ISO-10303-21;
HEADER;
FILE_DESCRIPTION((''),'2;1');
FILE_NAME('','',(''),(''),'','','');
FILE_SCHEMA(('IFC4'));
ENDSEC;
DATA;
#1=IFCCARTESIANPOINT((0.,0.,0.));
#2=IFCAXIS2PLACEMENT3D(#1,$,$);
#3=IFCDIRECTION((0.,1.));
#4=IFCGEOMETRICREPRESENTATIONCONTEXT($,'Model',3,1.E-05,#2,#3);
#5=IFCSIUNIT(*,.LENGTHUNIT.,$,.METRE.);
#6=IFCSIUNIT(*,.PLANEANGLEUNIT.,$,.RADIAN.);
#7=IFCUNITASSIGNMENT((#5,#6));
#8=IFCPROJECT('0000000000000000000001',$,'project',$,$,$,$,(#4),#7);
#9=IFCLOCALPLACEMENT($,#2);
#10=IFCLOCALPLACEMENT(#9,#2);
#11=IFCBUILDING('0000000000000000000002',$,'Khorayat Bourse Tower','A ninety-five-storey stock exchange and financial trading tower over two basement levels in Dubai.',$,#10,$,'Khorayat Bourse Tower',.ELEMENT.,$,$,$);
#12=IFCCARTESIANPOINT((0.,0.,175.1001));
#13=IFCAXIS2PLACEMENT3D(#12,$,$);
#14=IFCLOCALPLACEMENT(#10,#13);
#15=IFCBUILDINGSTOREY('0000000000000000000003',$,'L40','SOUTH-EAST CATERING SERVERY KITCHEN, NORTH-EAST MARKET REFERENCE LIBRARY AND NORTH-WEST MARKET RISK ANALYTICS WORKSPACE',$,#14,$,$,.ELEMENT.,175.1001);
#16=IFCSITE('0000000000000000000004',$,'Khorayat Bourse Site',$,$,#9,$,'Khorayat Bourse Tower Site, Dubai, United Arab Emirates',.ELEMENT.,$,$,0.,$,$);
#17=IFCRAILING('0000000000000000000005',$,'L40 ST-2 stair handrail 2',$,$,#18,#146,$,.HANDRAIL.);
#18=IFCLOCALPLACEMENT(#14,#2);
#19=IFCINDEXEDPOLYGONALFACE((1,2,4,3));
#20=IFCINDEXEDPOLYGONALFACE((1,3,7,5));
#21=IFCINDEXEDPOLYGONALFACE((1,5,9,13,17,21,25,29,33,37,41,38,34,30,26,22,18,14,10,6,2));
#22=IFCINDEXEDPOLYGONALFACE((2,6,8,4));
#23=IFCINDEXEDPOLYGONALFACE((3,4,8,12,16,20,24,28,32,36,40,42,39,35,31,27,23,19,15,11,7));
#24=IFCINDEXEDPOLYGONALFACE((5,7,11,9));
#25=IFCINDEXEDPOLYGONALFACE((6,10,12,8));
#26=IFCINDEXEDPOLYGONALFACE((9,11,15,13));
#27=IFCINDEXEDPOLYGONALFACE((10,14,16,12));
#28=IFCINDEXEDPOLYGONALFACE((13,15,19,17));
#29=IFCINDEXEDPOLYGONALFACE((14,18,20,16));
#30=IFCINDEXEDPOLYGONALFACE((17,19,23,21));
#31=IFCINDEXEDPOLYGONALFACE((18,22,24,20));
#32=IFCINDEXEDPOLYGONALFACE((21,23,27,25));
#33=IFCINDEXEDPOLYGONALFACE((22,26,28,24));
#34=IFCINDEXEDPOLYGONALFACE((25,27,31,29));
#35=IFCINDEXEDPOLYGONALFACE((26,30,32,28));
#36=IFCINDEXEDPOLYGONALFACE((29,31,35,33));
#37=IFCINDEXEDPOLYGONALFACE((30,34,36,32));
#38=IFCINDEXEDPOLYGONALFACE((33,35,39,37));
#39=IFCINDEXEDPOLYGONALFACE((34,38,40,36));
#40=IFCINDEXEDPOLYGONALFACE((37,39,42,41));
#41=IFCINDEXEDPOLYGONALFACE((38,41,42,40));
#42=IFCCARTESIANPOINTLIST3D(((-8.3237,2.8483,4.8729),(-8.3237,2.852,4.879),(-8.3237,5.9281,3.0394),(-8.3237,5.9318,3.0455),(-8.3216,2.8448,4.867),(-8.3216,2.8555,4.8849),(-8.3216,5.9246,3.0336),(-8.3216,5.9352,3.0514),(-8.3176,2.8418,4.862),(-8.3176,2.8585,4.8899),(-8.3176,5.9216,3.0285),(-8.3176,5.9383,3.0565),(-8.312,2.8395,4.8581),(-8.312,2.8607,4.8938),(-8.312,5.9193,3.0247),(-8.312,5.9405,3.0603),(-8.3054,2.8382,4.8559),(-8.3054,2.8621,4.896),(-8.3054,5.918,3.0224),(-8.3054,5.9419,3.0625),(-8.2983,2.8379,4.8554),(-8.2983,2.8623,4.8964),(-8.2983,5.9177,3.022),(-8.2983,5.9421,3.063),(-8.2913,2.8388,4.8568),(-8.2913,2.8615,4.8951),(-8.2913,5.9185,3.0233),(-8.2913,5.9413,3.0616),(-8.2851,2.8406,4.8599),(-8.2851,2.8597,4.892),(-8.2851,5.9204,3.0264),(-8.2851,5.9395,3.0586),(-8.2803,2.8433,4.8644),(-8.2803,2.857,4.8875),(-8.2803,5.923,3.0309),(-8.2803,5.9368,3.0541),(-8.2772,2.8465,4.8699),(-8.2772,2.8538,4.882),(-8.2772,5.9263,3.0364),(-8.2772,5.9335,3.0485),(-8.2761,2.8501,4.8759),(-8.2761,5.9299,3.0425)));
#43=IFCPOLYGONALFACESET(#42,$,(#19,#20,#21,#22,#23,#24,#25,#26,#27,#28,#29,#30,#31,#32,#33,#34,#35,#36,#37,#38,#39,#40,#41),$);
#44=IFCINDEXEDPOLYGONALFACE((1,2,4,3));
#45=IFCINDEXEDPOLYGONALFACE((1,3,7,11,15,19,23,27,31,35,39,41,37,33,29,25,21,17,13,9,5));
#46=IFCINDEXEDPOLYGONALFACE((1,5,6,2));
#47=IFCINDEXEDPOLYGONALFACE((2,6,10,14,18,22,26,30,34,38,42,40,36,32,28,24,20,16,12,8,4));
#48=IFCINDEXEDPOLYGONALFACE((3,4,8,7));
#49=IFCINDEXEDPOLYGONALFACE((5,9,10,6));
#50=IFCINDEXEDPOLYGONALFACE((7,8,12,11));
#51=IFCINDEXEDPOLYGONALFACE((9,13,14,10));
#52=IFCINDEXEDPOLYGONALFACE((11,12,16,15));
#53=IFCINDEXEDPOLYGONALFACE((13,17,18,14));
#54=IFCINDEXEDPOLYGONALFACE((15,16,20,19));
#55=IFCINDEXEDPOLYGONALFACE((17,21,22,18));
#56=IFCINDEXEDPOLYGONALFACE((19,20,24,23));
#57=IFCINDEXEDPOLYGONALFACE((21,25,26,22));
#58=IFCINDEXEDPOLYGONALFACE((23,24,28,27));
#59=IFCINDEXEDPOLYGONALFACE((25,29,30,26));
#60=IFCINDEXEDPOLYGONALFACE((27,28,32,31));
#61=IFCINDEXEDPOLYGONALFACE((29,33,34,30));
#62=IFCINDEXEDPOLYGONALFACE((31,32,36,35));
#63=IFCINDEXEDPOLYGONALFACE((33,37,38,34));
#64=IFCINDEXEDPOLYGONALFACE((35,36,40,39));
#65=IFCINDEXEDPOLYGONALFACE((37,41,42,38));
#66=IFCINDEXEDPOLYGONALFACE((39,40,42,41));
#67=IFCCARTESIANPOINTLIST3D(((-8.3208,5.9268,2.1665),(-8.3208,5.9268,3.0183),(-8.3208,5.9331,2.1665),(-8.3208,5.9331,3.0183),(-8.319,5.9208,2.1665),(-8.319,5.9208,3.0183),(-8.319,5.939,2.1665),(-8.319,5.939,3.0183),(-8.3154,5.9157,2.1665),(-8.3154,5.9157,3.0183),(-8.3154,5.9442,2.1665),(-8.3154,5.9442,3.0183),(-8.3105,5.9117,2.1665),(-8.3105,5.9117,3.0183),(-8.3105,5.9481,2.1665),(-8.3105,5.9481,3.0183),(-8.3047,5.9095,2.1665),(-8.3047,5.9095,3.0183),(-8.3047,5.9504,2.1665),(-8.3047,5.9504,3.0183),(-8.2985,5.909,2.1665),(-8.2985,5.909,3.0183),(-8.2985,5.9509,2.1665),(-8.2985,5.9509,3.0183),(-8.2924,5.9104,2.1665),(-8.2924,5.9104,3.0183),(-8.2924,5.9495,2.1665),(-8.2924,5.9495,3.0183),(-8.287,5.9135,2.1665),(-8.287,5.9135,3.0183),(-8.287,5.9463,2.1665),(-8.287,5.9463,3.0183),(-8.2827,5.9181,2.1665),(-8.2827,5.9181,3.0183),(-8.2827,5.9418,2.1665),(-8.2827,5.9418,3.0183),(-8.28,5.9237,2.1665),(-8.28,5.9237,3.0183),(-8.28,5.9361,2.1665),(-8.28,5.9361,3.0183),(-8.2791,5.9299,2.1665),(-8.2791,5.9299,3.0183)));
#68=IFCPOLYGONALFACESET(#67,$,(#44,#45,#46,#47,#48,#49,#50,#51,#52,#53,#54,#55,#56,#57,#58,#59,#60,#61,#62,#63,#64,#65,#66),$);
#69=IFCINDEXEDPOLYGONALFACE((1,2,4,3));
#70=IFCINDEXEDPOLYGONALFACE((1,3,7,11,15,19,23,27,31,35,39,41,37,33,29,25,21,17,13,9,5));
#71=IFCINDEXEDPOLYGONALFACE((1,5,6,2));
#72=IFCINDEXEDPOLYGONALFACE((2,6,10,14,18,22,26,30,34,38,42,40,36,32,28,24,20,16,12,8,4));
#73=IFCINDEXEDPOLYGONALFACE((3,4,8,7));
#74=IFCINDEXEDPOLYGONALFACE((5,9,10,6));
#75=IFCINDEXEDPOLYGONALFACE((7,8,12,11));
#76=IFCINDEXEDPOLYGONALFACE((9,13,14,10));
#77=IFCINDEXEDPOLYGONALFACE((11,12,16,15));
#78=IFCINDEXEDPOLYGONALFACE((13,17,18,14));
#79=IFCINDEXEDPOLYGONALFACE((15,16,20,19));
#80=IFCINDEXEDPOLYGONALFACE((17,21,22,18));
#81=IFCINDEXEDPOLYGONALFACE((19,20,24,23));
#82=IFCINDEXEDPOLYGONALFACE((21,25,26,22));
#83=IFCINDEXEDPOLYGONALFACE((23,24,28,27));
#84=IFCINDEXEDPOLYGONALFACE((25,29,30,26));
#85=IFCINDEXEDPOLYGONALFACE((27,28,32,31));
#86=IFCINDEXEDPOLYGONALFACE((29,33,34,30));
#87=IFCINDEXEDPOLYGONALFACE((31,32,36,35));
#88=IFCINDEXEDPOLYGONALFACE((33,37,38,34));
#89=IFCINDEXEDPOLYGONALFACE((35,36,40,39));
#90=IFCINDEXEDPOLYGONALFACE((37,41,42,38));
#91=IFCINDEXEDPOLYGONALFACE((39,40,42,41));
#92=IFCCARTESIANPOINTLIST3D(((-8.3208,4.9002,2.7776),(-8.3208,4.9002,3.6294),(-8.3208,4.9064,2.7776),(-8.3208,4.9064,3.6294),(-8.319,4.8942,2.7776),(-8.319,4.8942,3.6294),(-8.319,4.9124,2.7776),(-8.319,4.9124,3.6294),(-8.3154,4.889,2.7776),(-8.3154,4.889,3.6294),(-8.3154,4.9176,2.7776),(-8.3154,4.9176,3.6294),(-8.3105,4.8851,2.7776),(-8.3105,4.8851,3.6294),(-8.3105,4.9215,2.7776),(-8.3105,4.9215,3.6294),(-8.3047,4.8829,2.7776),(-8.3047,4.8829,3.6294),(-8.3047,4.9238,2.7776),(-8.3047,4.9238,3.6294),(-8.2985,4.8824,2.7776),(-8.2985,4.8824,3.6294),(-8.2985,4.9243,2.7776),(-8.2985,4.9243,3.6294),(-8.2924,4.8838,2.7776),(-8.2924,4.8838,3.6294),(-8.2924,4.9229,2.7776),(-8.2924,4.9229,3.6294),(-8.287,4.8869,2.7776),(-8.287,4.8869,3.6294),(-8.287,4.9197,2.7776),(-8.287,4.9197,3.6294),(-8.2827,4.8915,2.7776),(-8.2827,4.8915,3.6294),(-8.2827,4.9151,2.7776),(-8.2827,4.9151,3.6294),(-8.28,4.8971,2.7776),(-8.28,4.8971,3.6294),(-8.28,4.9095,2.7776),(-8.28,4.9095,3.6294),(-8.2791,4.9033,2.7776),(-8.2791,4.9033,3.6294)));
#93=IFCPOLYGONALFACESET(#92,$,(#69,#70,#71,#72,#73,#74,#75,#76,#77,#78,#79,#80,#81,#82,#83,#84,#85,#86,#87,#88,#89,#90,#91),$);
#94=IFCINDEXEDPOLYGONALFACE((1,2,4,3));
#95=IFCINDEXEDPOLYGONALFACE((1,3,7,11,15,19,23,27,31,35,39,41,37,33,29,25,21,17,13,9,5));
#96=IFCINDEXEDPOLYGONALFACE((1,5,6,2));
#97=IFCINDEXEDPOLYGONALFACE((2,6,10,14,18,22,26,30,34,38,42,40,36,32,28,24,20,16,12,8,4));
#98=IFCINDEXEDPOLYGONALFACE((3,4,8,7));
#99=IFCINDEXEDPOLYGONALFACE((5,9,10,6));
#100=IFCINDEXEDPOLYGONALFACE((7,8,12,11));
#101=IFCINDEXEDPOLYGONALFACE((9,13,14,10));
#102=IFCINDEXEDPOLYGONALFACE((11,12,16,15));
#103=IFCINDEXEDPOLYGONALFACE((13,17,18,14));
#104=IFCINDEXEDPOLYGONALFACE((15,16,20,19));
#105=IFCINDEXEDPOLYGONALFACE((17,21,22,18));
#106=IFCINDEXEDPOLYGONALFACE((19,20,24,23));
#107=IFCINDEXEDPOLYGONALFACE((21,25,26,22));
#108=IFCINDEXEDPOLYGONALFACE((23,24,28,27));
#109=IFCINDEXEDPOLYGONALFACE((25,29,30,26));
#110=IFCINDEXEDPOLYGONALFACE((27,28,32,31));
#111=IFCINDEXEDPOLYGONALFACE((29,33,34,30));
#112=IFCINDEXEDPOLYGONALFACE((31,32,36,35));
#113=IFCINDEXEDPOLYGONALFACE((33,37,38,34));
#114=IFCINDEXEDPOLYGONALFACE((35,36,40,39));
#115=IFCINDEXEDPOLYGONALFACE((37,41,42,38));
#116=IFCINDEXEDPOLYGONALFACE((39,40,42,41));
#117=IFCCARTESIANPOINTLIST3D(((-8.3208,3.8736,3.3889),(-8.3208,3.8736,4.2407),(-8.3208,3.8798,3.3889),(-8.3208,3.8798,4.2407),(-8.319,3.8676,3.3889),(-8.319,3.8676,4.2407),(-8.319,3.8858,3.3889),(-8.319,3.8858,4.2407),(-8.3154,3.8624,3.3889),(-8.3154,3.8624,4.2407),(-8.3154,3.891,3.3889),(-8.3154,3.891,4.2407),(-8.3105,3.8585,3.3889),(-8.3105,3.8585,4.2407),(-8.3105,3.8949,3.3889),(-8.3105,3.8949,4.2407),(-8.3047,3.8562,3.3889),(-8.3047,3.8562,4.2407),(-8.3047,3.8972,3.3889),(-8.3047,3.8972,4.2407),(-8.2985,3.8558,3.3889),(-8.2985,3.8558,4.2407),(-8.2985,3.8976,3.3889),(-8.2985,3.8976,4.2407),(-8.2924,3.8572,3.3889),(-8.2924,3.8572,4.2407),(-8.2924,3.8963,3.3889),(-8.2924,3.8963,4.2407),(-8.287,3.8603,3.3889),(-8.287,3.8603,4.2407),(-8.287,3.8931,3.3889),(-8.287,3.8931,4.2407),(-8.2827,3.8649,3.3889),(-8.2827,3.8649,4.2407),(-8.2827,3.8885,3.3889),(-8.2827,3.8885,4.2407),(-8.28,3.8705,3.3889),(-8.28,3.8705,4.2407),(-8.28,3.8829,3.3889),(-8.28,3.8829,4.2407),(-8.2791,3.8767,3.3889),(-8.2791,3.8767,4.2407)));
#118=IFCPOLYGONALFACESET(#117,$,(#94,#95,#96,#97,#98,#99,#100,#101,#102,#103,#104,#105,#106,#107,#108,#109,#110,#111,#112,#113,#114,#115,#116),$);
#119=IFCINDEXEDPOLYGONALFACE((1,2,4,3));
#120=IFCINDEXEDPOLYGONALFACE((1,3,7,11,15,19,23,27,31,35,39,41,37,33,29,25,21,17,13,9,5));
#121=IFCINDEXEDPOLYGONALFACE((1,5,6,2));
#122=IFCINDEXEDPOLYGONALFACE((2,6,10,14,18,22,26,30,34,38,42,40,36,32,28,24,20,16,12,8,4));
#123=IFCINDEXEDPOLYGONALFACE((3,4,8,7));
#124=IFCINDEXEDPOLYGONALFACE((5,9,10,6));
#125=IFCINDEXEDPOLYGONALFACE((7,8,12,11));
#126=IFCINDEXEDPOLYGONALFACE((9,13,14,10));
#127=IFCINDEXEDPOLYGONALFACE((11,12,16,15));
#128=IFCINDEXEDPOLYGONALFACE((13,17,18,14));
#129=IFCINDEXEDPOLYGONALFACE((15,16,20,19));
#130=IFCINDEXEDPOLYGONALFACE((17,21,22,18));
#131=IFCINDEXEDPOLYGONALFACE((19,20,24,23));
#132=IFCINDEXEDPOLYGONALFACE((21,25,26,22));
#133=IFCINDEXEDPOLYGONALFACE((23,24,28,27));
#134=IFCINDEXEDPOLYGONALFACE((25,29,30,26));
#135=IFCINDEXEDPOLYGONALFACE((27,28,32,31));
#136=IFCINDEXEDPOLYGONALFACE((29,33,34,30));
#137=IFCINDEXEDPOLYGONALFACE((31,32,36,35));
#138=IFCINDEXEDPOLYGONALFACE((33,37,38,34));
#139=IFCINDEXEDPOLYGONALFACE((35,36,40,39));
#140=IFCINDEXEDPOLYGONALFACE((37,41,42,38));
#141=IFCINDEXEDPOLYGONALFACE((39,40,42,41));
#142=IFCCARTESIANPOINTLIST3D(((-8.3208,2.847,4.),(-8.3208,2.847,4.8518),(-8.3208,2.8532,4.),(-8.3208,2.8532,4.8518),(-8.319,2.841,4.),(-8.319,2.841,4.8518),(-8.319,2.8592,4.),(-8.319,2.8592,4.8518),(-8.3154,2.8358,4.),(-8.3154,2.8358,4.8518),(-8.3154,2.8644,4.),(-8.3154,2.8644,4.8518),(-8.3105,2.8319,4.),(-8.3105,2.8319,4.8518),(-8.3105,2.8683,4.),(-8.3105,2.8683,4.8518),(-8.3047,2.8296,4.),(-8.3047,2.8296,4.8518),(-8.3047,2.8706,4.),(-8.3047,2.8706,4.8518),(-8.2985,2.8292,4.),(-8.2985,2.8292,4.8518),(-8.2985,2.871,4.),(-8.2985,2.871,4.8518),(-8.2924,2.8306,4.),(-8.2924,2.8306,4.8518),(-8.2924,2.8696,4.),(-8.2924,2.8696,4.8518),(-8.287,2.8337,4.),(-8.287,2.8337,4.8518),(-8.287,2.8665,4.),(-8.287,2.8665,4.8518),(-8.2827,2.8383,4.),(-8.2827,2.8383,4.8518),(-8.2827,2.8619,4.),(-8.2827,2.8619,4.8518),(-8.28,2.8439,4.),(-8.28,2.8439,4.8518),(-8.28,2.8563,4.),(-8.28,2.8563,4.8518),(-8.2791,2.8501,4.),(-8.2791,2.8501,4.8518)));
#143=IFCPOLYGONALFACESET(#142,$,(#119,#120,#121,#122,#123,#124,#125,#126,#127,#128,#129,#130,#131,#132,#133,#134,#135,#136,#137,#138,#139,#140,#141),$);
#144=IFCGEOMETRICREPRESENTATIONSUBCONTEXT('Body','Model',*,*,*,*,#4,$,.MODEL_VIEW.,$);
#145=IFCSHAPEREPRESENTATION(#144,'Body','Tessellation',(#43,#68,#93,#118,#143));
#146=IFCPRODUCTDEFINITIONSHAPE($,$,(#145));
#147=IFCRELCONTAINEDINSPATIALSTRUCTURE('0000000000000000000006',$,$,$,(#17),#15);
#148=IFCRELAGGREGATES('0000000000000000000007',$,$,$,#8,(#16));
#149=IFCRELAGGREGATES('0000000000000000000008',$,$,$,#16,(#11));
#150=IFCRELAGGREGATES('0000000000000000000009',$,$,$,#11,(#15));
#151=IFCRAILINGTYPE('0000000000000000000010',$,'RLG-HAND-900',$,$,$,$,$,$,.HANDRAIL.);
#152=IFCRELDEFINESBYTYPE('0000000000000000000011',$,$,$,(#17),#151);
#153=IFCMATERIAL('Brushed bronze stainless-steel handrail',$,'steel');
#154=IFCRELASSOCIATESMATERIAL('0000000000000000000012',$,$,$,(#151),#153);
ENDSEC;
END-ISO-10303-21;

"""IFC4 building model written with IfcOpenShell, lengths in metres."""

from ifc_helpers import new_model, si_unit, direction, frame, origin, origin_2d, place, context, subcontext, project, spatial, circle, extrude, source, transform, mapped, material, type_object, element, save


model = new_model("IFC4")

# Units and contexts
model_context = context("Model", 3, precision=1e-05, world=origin(), true_north=direction((0.0, 1.0)))
body_context = subcontext(model_context, "Body", "Model", "MODEL_VIEW")
ifc_project = project(units=[si_unit("LENGTHUNIT", "METRE"), si_unit("PLANEANGLEUNIT", "RADIAN")], contexts=[model_context])

# Site, building, storey
site_placement = place(None, origin())
site = spatial("IfcSite", under=ifc_project, at=site_placement, Name="Khorayat Bourse Site", LongName="Khorayat Bourse Tower Site, Dubai, United Arab Emirates", CompositionType="ELEMENT", RefElevation=0.0)
building_placement = place(site_placement, origin())
building = spatial("IfcBuilding", under=site, at=building_placement, Name="Khorayat Bourse Tower", Description="A ninety-five-storey stock exchange and financial trading tower over two basement levels in Dubai.", LongName="Khorayat Bourse Tower", CompositionType="ELEMENT")
storey_placement = place(building_placement, frame((0.0, 0.0, 175.1001)))
storey = spatial("IfcBuildingStorey", under=building, at=storey_placement, Name="L40", Description="SOUTH-EAST CATERING SERVERY KITCHEN, NORTH-EAST MARKET REFERENCE LIBRARY AND NORTH-WEST MARKET RISK ANALYTICS WORKSPACE", CompositionType="ELEMENT", Elevation=175.1001)

# Railing
ifc_material_1 = material(Name="Brushed bronze stainless-steel handrail", Category="steel")
railing_type_1 = type_object("IfcRailingType", Name="RLG-HAND-900", PredefinedType="HANDRAIL", material=ifc_material_1)
shared_shape_1 = source(origin(), body_context, "Body", "SweptSolid", [
    extrude(circle(Radius=0.0239, at=origin_2d()), frame((0.0, 0.0, 0.876), z_axis=(0.0, -0.859261, 0.511538), x_axis=(1.0, 0.0, 0.0)), (0.0, 0.0, 1.0), 3.5842),
    extrude(circle(Radius=0.021, at=origin_2d()), origin(), (0.0, 0.0, 1.0), 0.8518),
    extrude(circle(Radius=0.021, at=origin_2d()), frame((0.0, -1.0266, 0.6111)), (0.0, 0.0, 1.0), 0.8518),
    extrude(circle(Radius=0.021, at=origin_2d()), frame((0.0, -2.0532, 1.2224)), (0.0, 0.0, 1.0), 0.8518),
    extrude(circle(Radius=0.021, at=origin_2d()), frame((0.0, -3.0798, 1.8335)), (0.0, 0.0, 1.0), 0.8518),
])
railing_1_placement = place(storey_placement, frame((-8.3, 5.9299, 2.1665)))
element("IfcRailing", 1, at=railing_1_placement, inside=storey, type_object=railing_type_1, Name="L40 ST-2 stair handrail 2", PredefinedType="HANDRAIL", context=body_context, shape_type="MappedRepresentation", body=[
    mapped(shared_shape_1, transform((0.0, 0.0, 0.0), scale=1.0)),
])

save(model, "model.ifc")
